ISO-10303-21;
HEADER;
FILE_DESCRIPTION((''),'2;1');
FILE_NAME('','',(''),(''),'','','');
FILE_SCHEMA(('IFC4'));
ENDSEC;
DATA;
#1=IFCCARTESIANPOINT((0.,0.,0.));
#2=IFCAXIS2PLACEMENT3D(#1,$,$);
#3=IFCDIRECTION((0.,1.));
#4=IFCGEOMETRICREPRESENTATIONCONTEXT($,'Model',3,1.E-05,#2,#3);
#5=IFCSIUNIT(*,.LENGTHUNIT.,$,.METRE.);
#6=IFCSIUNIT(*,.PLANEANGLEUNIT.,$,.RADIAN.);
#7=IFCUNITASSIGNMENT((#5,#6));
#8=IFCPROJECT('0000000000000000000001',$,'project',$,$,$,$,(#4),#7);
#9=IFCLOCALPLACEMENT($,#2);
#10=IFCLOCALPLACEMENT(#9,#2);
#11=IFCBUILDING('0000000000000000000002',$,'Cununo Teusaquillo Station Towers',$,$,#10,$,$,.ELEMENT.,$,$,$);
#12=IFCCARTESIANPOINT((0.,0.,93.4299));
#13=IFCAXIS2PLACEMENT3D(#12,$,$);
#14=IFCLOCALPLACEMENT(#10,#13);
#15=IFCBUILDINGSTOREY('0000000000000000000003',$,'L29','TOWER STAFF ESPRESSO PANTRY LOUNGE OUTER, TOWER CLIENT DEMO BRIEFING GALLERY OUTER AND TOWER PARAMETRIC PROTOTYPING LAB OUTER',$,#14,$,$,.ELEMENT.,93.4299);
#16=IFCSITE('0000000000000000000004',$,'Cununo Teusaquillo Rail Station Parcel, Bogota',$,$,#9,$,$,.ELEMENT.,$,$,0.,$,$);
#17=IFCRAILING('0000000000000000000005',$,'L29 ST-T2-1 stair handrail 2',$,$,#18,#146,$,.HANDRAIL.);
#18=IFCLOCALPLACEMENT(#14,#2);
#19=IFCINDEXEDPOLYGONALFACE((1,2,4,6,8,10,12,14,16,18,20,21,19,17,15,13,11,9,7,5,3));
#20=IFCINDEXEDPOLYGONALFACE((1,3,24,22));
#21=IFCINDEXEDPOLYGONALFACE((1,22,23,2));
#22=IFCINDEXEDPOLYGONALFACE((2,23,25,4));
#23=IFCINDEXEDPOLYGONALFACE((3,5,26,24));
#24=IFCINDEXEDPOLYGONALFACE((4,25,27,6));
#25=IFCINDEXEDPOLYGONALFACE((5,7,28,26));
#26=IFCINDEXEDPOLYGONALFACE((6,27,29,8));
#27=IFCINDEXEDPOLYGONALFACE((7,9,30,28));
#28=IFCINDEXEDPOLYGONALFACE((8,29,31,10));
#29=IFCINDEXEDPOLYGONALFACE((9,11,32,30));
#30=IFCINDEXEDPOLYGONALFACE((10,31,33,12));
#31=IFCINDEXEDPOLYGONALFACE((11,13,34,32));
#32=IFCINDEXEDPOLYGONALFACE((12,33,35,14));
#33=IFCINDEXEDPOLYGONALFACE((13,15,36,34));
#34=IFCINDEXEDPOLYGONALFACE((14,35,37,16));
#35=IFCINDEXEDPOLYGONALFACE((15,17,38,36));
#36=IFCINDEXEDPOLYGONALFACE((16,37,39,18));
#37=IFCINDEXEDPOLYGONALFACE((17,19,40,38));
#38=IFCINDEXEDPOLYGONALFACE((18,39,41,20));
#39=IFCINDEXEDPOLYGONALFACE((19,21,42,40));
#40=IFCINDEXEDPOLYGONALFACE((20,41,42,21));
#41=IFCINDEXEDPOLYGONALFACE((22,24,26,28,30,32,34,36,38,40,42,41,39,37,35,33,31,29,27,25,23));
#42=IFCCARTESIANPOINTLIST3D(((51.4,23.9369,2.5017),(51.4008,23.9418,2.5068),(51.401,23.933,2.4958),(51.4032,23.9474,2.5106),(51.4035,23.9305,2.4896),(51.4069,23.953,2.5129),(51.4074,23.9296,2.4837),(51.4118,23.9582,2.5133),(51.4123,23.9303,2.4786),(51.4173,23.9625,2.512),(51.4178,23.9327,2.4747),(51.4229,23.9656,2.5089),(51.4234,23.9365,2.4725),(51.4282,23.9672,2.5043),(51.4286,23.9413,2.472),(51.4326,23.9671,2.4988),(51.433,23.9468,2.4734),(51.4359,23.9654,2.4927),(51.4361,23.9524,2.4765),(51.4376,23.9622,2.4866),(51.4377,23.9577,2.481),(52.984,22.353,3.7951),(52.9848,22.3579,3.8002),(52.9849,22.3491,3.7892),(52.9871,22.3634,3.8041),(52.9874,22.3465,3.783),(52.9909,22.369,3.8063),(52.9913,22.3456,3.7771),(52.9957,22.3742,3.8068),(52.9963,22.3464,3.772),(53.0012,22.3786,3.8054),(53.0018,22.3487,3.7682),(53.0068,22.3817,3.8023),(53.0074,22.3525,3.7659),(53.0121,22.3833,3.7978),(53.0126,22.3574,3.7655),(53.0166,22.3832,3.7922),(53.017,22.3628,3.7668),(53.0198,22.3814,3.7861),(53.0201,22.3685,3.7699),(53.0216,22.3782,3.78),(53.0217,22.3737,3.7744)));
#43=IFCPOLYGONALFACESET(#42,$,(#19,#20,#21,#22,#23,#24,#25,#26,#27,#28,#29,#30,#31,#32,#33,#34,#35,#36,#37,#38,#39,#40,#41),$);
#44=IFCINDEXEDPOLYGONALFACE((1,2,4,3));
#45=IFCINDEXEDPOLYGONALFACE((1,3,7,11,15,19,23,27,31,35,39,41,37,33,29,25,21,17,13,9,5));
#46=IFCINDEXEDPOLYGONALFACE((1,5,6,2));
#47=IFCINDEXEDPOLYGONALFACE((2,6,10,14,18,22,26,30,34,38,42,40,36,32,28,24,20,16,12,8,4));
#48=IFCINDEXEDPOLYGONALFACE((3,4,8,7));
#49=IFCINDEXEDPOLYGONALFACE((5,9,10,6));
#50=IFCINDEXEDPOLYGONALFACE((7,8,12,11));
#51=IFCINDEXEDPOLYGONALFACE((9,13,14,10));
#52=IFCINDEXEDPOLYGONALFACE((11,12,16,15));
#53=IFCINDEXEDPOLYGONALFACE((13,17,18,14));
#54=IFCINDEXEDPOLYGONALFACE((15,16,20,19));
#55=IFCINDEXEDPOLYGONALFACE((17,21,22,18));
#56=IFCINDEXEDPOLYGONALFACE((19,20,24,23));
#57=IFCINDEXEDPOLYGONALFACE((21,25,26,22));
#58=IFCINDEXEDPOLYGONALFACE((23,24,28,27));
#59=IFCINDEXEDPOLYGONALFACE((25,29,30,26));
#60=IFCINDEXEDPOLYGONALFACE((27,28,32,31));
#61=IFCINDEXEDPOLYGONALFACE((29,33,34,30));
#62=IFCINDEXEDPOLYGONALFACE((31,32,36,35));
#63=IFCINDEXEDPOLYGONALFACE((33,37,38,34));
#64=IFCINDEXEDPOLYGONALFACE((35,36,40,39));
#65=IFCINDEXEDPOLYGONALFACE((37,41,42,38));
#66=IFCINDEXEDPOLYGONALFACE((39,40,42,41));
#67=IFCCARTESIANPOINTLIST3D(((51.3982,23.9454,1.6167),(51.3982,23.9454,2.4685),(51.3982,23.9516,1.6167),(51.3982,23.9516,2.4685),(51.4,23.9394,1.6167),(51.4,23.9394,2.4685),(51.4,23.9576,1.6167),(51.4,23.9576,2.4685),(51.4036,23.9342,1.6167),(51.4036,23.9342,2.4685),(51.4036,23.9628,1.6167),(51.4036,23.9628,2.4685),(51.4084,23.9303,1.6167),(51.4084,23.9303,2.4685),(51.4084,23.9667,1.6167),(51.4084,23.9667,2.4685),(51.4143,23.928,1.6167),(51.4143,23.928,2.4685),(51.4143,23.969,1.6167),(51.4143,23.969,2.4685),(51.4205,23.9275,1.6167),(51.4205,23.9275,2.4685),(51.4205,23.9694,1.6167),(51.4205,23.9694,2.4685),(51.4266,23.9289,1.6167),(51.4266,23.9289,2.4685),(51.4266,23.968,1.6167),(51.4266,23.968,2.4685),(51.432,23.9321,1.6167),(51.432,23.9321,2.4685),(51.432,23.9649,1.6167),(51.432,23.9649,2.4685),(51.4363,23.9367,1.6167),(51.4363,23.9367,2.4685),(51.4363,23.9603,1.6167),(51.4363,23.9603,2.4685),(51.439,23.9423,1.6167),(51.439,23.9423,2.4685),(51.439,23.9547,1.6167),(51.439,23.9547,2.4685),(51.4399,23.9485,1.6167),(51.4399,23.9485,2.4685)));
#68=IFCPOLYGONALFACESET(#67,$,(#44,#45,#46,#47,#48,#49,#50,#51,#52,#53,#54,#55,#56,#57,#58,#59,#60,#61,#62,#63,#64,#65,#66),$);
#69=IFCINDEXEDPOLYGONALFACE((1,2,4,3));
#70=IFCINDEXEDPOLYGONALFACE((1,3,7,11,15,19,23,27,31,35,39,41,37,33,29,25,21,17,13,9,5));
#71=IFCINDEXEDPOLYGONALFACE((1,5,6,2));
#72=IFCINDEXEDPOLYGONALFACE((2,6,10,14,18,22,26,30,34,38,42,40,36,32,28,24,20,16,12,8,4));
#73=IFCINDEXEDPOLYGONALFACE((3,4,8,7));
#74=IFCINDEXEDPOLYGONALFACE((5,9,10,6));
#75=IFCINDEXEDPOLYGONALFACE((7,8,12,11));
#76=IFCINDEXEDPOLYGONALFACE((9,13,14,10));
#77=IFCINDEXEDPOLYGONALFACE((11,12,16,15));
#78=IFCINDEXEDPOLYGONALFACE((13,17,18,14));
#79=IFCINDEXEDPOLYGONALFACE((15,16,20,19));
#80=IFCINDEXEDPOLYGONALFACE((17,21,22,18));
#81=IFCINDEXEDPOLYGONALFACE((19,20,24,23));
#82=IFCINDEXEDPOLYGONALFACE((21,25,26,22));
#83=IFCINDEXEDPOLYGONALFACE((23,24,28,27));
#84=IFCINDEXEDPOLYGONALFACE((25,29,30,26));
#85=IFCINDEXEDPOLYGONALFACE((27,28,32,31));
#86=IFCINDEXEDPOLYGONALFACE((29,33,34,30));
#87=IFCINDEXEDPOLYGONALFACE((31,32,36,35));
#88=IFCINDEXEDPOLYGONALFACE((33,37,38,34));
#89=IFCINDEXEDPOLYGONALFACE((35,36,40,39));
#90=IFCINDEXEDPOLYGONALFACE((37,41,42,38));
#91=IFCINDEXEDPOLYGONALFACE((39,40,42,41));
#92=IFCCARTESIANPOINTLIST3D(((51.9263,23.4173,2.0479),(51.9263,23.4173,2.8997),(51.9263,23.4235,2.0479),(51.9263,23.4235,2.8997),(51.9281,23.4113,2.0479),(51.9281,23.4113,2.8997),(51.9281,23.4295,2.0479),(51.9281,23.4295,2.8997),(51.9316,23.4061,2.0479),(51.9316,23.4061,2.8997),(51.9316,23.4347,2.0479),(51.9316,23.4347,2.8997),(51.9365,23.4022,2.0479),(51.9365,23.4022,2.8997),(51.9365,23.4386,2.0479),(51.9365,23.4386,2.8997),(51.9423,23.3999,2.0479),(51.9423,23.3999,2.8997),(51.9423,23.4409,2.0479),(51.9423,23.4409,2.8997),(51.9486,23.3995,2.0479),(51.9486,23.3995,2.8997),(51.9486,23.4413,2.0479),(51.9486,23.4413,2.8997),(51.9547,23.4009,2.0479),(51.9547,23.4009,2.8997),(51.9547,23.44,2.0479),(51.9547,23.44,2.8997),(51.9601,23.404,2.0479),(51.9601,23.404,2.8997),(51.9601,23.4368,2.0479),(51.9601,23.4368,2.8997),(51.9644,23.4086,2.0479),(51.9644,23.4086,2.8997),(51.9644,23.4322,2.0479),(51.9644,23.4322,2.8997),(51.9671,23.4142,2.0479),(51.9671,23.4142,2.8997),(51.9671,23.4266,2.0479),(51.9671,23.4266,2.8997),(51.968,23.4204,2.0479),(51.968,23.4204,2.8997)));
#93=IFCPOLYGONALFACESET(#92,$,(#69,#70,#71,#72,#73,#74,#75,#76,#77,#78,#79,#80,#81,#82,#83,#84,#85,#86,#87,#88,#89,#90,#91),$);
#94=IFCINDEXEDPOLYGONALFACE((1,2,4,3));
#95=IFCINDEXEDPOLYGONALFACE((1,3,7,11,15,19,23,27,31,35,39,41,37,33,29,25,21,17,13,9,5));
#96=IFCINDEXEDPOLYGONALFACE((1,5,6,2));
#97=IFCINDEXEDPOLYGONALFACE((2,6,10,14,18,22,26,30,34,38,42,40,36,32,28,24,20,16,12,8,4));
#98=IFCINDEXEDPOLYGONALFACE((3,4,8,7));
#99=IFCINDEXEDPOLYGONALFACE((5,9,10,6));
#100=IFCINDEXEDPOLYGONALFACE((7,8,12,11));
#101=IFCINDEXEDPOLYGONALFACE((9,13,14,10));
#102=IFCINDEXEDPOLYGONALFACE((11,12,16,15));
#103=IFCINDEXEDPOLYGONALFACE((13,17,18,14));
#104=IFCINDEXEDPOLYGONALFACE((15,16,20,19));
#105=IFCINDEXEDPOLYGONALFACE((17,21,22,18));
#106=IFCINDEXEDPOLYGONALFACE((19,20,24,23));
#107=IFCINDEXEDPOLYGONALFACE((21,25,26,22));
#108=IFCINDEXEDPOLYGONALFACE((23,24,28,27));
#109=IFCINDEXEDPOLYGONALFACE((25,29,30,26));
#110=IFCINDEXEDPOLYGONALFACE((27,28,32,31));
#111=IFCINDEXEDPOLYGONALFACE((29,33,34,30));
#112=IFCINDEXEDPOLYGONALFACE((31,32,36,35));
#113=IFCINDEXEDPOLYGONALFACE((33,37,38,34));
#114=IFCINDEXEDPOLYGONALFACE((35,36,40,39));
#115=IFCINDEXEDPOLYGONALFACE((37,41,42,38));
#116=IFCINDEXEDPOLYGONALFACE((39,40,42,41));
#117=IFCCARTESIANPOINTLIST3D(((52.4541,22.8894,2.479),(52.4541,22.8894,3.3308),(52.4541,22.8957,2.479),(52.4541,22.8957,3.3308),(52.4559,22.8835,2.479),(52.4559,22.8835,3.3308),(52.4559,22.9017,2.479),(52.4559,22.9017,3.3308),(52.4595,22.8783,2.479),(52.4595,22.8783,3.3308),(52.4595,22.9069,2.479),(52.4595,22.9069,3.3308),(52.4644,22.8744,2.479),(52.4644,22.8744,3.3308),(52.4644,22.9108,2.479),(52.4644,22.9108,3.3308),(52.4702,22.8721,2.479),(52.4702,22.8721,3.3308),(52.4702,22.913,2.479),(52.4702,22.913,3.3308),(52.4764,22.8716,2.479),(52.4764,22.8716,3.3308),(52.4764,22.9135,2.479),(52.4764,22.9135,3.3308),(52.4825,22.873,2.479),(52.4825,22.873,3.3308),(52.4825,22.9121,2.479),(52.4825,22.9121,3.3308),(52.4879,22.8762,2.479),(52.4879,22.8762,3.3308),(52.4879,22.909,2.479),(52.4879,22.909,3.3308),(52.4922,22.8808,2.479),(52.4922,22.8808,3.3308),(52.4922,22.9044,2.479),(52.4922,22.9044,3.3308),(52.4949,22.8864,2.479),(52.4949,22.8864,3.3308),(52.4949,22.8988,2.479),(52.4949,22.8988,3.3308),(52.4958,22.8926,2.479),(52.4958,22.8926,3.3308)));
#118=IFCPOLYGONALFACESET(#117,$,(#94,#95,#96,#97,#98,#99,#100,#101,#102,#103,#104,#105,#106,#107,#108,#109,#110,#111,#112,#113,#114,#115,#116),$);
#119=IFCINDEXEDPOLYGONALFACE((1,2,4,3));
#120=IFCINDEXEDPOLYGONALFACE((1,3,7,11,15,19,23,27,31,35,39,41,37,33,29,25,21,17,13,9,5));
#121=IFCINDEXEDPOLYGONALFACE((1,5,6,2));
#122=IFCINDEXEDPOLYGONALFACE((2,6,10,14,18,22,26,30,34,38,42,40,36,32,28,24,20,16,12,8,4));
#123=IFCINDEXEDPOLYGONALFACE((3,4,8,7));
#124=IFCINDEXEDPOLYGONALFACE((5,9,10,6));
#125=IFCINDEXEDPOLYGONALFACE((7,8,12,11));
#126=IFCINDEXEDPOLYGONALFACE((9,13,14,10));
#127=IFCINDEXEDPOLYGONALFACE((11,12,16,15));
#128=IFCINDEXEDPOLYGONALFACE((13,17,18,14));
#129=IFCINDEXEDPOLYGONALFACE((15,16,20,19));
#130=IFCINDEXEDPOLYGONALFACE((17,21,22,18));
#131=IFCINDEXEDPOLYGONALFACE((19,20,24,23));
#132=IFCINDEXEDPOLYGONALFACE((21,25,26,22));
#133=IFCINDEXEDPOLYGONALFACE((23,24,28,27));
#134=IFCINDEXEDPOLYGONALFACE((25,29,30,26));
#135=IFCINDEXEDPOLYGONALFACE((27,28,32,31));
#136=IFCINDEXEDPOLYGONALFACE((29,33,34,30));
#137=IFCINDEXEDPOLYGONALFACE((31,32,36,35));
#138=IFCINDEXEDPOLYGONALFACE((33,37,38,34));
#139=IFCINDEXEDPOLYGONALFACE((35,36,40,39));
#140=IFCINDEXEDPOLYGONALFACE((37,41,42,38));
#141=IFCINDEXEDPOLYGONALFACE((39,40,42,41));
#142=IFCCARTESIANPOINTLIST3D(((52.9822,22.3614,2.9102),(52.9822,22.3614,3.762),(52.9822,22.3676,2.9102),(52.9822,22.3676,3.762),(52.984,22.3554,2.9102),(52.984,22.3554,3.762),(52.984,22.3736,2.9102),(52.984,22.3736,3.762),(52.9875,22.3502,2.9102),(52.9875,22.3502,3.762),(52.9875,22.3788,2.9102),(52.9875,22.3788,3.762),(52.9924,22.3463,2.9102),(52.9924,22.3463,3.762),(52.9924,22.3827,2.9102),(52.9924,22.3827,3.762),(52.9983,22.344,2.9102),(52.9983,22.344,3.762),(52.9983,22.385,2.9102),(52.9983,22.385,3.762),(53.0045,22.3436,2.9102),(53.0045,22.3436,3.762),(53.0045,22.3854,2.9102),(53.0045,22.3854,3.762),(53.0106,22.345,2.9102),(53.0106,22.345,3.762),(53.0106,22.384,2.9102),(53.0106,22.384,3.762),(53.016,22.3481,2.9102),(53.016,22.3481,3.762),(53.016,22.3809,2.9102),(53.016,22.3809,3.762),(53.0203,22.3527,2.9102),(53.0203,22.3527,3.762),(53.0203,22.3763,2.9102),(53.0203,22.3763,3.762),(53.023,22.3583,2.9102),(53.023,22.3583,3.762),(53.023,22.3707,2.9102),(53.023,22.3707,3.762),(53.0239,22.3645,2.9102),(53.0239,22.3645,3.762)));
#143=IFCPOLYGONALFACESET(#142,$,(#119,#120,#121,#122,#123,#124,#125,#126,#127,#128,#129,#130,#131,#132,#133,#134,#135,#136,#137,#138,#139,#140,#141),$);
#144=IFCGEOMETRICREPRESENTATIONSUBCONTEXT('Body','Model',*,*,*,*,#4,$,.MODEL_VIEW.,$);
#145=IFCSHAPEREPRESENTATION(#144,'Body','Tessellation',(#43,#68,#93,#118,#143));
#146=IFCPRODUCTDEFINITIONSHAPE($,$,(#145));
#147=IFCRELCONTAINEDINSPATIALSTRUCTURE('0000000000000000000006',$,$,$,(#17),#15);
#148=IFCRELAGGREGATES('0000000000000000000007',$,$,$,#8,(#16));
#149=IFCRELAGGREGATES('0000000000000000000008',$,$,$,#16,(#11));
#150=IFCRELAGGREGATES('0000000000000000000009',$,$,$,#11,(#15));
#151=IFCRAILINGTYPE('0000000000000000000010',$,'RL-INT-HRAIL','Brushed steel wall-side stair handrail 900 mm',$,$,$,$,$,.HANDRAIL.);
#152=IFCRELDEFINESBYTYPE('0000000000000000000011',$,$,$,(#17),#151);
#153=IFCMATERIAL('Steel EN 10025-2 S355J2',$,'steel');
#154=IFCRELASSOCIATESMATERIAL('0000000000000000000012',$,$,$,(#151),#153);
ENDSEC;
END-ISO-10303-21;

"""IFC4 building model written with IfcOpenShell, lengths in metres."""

from ifc_helpers import new_model, si_unit, direction, frame, origin, origin_2d, place, context, subcontext, project, spatial, circle, extrude, material, type_object, element, save


model = new_model("IFC4")

# Units and contexts
model_context = context("Model", 3, precision=1e-05, world=origin(), true_north=direction((0.0, 1.0)))
body_context = subcontext(model_context, "Body", "Model", "MODEL_VIEW")
ifc_project = project(units=[si_unit("LENGTHUNIT", "METRE"), si_unit("PLANEANGLEUNIT", "RADIAN")], contexts=[model_context])

# Site, building, storey
site_placement = place(None, origin())
site = spatial("IfcSite", under=ifc_project, at=site_placement, Name="Cununo Teusaquillo Rail Station Parcel, Bogota", CompositionType="ELEMENT", RefElevation=0.0)
building_placement = place(site_placement, origin())
building = spatial("IfcBuilding", under=site, at=building_placement, Name="Cununo Teusaquillo Station Towers", CompositionType="ELEMENT")
storey_placement = place(building_placement, frame((0.0, 0.0, 93.4299)))
storey = spatial("IfcBuildingStorey", under=building, at=storey_placement, Name="L29", Description="TOWER STAFF ESPRESSO PANTRY LOUNGE OUTER, TOWER CLIENT DEMO BRIEFING GALLERY OUTER AND TOWER PARAMETRIC PROTOTYPING LAB OUTER", CompositionType="ELEMENT", Elevation=93.4299)

# Railing
ifc_material_1 = material(Name="Steel EN 10025-2 S355J2", Category="steel")
railing_type_1 = type_object("IfcRailingType", Name="RL-INT-HRAIL", Description="Brushed steel wall-side stair handrail 900 mm", PredefinedType="HANDRAIL", material=ifc_material_1)
railing_1_placement = place(storey_placement, frame((51.4189, 23.9485, 1.6167)))
element("IfcRailing", 1, at=railing_1_placement, inside=storey, type_object=railing_type_1, Name="L29 ST-T2-1 stair handrail 2", PredefinedType="HANDRAIL", context=body_context, shape_type="SweptSolid", body=[
    extrude(circle(Radius=0.0239, at=origin_2d()), frame((0.0, 0.0, 0.876), z_axis=(0.612356, -0.612356, 0.50004), x_axis=(0.707107, 0.707107, 0.0)), (0.0, 0.0, 1.0), 2.5867),
    extrude(circle(Radius=0.021, at=origin_2d()), origin(), (0.0, 0.0, 1.0), 0.8518),
    extrude(circle(Radius=0.021, at=origin_2d()), frame((0.5281, -0.5281, 0.4312)), (0.0, 0.0, 1.0), 0.8518),
    extrude(circle(Radius=0.021, at=origin_2d()), frame((1.0559, -1.0559, 0.8623)), (0.0, 0.0, 1.0), 0.8518),
    extrude(circle(Radius=0.021, at=origin_2d()), frame((1.584, -1.584, 1.2935)), (0.0, 0.0, 1.0), 0.8518),
])

save(model, "model.ifc")
